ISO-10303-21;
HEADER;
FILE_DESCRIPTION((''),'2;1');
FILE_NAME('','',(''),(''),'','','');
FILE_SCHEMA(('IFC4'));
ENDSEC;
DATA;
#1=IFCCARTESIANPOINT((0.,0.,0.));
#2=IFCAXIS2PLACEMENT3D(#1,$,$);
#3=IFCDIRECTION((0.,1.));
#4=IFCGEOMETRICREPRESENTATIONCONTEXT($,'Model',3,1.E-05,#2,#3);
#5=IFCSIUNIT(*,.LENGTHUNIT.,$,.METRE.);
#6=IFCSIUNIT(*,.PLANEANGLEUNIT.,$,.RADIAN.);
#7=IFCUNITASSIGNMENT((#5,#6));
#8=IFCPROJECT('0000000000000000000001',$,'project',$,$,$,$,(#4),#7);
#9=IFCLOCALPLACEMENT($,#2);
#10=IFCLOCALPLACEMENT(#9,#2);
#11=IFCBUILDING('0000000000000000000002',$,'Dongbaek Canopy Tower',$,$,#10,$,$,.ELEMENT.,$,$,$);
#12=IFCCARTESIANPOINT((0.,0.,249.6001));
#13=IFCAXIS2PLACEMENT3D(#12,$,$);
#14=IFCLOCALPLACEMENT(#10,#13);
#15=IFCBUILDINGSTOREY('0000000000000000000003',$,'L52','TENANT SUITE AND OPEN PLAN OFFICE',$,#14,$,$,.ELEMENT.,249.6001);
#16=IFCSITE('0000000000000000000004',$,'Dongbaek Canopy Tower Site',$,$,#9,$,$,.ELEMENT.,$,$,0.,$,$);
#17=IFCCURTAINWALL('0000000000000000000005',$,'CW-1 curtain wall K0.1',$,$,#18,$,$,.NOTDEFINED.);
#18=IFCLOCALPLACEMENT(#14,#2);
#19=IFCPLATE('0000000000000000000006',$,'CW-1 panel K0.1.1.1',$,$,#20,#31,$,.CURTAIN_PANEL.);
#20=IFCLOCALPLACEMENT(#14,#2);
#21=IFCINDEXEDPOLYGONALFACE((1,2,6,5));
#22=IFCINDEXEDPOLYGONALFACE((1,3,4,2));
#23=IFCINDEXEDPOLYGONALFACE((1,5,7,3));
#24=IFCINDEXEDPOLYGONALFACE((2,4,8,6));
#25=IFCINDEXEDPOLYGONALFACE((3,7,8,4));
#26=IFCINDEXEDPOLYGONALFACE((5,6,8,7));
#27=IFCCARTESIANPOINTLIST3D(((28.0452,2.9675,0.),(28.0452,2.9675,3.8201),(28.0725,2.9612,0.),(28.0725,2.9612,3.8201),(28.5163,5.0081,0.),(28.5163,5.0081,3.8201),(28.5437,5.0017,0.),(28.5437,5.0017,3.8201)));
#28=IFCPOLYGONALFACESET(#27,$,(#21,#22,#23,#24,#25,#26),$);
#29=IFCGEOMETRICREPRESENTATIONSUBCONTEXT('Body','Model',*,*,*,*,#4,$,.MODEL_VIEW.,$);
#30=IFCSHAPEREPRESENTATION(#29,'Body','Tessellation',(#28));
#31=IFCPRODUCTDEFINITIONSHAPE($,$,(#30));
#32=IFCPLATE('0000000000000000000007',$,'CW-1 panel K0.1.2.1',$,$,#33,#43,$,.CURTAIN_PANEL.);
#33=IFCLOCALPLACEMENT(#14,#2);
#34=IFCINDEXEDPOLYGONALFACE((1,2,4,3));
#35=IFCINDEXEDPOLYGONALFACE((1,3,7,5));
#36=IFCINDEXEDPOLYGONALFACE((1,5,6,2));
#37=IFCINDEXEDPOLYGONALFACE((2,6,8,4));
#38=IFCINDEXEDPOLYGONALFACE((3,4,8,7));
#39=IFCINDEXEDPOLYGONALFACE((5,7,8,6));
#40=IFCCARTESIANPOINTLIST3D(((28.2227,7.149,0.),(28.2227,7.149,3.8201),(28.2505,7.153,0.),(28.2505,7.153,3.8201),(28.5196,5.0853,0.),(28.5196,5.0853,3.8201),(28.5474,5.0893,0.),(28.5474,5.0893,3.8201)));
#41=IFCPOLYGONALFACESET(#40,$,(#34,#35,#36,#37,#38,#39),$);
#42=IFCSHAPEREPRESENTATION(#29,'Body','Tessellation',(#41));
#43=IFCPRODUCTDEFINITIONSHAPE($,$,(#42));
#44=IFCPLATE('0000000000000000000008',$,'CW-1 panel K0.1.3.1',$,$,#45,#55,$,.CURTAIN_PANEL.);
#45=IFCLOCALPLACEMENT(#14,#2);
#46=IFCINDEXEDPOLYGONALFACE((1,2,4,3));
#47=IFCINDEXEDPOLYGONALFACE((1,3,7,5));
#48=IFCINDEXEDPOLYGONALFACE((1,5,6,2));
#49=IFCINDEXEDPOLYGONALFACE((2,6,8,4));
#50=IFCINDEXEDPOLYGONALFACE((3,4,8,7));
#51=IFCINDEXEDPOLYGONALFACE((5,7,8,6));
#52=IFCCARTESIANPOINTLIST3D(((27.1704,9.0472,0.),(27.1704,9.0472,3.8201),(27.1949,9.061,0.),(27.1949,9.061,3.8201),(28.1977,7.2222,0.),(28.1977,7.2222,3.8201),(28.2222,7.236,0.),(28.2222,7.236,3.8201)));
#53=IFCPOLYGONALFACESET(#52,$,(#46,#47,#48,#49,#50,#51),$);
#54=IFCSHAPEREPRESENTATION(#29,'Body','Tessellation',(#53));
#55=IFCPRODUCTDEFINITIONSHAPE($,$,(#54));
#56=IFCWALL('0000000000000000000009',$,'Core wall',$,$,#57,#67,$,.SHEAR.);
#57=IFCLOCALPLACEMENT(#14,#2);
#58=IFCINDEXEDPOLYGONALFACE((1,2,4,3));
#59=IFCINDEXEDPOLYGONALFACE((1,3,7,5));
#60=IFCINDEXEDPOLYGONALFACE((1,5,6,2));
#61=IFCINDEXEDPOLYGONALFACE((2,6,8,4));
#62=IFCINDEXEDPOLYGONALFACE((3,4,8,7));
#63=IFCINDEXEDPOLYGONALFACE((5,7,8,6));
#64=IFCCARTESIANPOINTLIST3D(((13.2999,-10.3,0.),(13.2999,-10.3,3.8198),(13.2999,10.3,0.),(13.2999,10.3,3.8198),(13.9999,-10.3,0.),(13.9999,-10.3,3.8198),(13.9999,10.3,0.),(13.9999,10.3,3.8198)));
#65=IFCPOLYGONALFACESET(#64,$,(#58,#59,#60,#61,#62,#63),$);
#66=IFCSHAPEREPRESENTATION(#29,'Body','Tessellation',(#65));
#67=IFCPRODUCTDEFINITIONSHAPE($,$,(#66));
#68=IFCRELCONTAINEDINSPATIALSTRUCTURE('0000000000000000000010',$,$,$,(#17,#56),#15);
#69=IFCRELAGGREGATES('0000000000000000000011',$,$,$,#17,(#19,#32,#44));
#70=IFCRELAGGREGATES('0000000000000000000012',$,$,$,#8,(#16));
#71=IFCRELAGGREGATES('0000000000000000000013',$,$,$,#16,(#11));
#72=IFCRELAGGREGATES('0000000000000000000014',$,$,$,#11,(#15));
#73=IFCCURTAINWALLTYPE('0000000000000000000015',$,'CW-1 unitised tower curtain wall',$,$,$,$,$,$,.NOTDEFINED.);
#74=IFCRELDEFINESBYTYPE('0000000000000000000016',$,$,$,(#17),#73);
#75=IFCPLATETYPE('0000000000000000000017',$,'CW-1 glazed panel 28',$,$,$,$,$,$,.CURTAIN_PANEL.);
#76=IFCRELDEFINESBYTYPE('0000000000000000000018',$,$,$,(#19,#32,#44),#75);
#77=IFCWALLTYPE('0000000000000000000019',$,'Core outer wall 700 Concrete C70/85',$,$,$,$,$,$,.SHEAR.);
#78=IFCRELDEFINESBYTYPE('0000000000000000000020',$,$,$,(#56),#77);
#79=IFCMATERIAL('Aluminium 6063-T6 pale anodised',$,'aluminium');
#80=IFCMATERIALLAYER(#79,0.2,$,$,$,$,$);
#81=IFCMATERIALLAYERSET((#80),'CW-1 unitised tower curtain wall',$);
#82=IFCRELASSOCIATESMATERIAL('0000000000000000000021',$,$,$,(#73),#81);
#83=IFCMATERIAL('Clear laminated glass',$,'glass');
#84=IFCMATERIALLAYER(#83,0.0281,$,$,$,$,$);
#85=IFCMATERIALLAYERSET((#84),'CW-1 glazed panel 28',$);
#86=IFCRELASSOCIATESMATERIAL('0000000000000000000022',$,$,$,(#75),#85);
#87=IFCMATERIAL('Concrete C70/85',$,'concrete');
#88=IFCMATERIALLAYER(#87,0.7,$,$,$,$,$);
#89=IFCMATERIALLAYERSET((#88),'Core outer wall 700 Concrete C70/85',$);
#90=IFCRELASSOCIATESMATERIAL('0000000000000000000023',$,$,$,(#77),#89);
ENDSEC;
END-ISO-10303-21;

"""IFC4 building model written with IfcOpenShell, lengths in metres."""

from ifc_helpers import new_model, si_unit, direction, frame, frame_2d, origin, origin_2d, place, context, subcontext, project, spatial, rectangle, extrude, material, layer, layer_set, type_object, element, aggregate, save


model = new_model("IFC4")

# Units and contexts
model_context = context("Model", 3, precision=1e-05, world=origin(), true_north=direction((0.0, 1.0)))
body_context = subcontext(model_context, "Body", "Model", "MODEL_VIEW")
ifc_project = project(units=[si_unit("LENGTHUNIT", "METRE"), si_unit("PLANEANGLEUNIT", "RADIAN")], contexts=[model_context])

# Site, building, storey
site_placement = place(None, origin())
site = spatial("IfcSite", under=ifc_project, at=site_placement, Name="Dongbaek Canopy Tower Site", CompositionType="ELEMENT", RefElevation=0.0)
building_placement = place(site_placement, origin())
building = spatial("IfcBuilding", under=site, at=building_placement, Name="Dongbaek Canopy Tower", CompositionType="ELEMENT")
storey_placement = place(building_placement, frame((0.0, 0.0, 249.6001)))
storey = spatial("IfcBuildingStorey", under=building, at=storey_placement, Name="L52", Description="TENANT SUITE AND OPEN PLAN OFFICE", CompositionType="ELEMENT", Elevation=249.6001)

# Curtain wall
ifc_material_1 = material(Name="Aluminium 6063-T6 pale anodised", Category="aluminium")
ifc_layer_1 = layer(ifc_material_1, 0.2)
ifc_layer_set_1 = layer_set([ifc_layer_1], Name="CW-1 unitised tower curtain wall")
curtain_wall_type = type_object("IfcCurtainWallType", Name="CW-1 unitised tower curtain wall", PredefinedType="NOTDEFINED", material=ifc_layer_set_1)
curtain_wall_placement = place(storey_placement, origin())
curtain_wall = element("IfcCurtainWall", 1, at=curtain_wall_placement, inside=storey, type_object=curtain_wall_type, Name="CW-1 curtain wall K0.1", PredefinedType="NOTDEFINED")

# Plates
ifc_material_2 = material(Name="Clear laminated glass", Category="glass")
ifc_layer_2 = layer(ifc_material_2, 0.0281)
ifc_layer_set_2 = layer_set([ifc_layer_2], Name="CW-1 glazed panel 28")
plate_type = type_object("IfcPlateType", Name="CW-1 glazed panel 28", PredefinedType="CURTAIN_PANEL", material=ifc_layer_set_2)
plate_1_placement = place(storey_placement, frame((28.2944, 3.9846, 0.0), z_axis=(0.0, 0.0, 1.0), x_axis=(0.224987, 0.974362, 0.0)))
plate_1 = element("IfcPlate", 2, at=plate_1_placement, type_object=plate_type, Name="CW-1 panel K0.1.1.1", PredefinedType="CURTAIN_PANEL", context=body_context, shape_type="SweptSolid", body=[
    extrude(rectangle(XDim=2.0942, YDim=0.0281, at=origin_2d()), origin(), (0.0, 0.0, 1.0), 3.8201),
])
plate_2_placement = place(storey_placement, frame((28.385, 6.1191, 0.0), z_axis=(0.0, 0.0, 1.0), x_axis=(-0.142403, 0.989809, 0.0)))
plate_2 = element("IfcPlate", 3, at=plate_2_placement, type_object=plate_type, Name="CW-1 panel K0.1.2.1", PredefinedType="CURTAIN_PANEL", context=body_context, shape_type="SweptSolid", body=[
    extrude(rectangle(XDim=2.085, YDim=0.0281, at=origin_2d()), origin(), (0.0, 0.0, 1.0), 3.8201),
])
plate_3_placement = place(storey_placement, frame((27.6963, 8.1416, 0.0), z_axis=(0.0, 0.0, 1.0), x_axis=(-0.490538, 0.87142, 0.0)))
plate_3 = element("IfcPlate", 4, at=plate_3_placement, type_object=plate_type, Name="CW-1 panel K0.1.3.1", PredefinedType="CURTAIN_PANEL", context=body_context, shape_type="SweptSolid", body=[
    extrude(rectangle(XDim=2.0942, YDim=0.0281, at=origin_2d()), origin(), (0.0, 0.0, 1.0), 3.8201),
])
aggregate(curtain_wall, [plate_1, plate_2, plate_3])

# Wall
ifc_material_3 = material(Name="Concrete C70/85", Category="concrete")
ifc_layer_3 = layer(ifc_material_3, 0.7)
ifc_layer_set_3 = layer_set([ifc_layer_3], Name="Core outer wall 700 Concrete C70/85")
wall_type_1 = type_object("IfcWallType", Name="Core outer wall 700 Concrete C70/85", PredefinedType="SHEAR", material=ifc_layer_set_3)
wall_1_placement = place(storey_placement, frame((13.6499, 10.3, 0.0), z_axis=(0.0, 0.0, 1.0), x_axis=(0.0, -1.0, 0.0)))
element("IfcWall", 5, at=wall_1_placement, inside=storey, type_object=wall_type_1, Name="Core wall", PredefinedType="SHEAR", context=body_context, shape_type="SweptSolid", body=[
    extrude(rectangle(XDim=20.6001, YDim=0.7, at=frame_2d((10.3, 0.0))), origin(), (0.0, 0.0, 1.0), 3.8198),
])

save(model, "model.ifc")
